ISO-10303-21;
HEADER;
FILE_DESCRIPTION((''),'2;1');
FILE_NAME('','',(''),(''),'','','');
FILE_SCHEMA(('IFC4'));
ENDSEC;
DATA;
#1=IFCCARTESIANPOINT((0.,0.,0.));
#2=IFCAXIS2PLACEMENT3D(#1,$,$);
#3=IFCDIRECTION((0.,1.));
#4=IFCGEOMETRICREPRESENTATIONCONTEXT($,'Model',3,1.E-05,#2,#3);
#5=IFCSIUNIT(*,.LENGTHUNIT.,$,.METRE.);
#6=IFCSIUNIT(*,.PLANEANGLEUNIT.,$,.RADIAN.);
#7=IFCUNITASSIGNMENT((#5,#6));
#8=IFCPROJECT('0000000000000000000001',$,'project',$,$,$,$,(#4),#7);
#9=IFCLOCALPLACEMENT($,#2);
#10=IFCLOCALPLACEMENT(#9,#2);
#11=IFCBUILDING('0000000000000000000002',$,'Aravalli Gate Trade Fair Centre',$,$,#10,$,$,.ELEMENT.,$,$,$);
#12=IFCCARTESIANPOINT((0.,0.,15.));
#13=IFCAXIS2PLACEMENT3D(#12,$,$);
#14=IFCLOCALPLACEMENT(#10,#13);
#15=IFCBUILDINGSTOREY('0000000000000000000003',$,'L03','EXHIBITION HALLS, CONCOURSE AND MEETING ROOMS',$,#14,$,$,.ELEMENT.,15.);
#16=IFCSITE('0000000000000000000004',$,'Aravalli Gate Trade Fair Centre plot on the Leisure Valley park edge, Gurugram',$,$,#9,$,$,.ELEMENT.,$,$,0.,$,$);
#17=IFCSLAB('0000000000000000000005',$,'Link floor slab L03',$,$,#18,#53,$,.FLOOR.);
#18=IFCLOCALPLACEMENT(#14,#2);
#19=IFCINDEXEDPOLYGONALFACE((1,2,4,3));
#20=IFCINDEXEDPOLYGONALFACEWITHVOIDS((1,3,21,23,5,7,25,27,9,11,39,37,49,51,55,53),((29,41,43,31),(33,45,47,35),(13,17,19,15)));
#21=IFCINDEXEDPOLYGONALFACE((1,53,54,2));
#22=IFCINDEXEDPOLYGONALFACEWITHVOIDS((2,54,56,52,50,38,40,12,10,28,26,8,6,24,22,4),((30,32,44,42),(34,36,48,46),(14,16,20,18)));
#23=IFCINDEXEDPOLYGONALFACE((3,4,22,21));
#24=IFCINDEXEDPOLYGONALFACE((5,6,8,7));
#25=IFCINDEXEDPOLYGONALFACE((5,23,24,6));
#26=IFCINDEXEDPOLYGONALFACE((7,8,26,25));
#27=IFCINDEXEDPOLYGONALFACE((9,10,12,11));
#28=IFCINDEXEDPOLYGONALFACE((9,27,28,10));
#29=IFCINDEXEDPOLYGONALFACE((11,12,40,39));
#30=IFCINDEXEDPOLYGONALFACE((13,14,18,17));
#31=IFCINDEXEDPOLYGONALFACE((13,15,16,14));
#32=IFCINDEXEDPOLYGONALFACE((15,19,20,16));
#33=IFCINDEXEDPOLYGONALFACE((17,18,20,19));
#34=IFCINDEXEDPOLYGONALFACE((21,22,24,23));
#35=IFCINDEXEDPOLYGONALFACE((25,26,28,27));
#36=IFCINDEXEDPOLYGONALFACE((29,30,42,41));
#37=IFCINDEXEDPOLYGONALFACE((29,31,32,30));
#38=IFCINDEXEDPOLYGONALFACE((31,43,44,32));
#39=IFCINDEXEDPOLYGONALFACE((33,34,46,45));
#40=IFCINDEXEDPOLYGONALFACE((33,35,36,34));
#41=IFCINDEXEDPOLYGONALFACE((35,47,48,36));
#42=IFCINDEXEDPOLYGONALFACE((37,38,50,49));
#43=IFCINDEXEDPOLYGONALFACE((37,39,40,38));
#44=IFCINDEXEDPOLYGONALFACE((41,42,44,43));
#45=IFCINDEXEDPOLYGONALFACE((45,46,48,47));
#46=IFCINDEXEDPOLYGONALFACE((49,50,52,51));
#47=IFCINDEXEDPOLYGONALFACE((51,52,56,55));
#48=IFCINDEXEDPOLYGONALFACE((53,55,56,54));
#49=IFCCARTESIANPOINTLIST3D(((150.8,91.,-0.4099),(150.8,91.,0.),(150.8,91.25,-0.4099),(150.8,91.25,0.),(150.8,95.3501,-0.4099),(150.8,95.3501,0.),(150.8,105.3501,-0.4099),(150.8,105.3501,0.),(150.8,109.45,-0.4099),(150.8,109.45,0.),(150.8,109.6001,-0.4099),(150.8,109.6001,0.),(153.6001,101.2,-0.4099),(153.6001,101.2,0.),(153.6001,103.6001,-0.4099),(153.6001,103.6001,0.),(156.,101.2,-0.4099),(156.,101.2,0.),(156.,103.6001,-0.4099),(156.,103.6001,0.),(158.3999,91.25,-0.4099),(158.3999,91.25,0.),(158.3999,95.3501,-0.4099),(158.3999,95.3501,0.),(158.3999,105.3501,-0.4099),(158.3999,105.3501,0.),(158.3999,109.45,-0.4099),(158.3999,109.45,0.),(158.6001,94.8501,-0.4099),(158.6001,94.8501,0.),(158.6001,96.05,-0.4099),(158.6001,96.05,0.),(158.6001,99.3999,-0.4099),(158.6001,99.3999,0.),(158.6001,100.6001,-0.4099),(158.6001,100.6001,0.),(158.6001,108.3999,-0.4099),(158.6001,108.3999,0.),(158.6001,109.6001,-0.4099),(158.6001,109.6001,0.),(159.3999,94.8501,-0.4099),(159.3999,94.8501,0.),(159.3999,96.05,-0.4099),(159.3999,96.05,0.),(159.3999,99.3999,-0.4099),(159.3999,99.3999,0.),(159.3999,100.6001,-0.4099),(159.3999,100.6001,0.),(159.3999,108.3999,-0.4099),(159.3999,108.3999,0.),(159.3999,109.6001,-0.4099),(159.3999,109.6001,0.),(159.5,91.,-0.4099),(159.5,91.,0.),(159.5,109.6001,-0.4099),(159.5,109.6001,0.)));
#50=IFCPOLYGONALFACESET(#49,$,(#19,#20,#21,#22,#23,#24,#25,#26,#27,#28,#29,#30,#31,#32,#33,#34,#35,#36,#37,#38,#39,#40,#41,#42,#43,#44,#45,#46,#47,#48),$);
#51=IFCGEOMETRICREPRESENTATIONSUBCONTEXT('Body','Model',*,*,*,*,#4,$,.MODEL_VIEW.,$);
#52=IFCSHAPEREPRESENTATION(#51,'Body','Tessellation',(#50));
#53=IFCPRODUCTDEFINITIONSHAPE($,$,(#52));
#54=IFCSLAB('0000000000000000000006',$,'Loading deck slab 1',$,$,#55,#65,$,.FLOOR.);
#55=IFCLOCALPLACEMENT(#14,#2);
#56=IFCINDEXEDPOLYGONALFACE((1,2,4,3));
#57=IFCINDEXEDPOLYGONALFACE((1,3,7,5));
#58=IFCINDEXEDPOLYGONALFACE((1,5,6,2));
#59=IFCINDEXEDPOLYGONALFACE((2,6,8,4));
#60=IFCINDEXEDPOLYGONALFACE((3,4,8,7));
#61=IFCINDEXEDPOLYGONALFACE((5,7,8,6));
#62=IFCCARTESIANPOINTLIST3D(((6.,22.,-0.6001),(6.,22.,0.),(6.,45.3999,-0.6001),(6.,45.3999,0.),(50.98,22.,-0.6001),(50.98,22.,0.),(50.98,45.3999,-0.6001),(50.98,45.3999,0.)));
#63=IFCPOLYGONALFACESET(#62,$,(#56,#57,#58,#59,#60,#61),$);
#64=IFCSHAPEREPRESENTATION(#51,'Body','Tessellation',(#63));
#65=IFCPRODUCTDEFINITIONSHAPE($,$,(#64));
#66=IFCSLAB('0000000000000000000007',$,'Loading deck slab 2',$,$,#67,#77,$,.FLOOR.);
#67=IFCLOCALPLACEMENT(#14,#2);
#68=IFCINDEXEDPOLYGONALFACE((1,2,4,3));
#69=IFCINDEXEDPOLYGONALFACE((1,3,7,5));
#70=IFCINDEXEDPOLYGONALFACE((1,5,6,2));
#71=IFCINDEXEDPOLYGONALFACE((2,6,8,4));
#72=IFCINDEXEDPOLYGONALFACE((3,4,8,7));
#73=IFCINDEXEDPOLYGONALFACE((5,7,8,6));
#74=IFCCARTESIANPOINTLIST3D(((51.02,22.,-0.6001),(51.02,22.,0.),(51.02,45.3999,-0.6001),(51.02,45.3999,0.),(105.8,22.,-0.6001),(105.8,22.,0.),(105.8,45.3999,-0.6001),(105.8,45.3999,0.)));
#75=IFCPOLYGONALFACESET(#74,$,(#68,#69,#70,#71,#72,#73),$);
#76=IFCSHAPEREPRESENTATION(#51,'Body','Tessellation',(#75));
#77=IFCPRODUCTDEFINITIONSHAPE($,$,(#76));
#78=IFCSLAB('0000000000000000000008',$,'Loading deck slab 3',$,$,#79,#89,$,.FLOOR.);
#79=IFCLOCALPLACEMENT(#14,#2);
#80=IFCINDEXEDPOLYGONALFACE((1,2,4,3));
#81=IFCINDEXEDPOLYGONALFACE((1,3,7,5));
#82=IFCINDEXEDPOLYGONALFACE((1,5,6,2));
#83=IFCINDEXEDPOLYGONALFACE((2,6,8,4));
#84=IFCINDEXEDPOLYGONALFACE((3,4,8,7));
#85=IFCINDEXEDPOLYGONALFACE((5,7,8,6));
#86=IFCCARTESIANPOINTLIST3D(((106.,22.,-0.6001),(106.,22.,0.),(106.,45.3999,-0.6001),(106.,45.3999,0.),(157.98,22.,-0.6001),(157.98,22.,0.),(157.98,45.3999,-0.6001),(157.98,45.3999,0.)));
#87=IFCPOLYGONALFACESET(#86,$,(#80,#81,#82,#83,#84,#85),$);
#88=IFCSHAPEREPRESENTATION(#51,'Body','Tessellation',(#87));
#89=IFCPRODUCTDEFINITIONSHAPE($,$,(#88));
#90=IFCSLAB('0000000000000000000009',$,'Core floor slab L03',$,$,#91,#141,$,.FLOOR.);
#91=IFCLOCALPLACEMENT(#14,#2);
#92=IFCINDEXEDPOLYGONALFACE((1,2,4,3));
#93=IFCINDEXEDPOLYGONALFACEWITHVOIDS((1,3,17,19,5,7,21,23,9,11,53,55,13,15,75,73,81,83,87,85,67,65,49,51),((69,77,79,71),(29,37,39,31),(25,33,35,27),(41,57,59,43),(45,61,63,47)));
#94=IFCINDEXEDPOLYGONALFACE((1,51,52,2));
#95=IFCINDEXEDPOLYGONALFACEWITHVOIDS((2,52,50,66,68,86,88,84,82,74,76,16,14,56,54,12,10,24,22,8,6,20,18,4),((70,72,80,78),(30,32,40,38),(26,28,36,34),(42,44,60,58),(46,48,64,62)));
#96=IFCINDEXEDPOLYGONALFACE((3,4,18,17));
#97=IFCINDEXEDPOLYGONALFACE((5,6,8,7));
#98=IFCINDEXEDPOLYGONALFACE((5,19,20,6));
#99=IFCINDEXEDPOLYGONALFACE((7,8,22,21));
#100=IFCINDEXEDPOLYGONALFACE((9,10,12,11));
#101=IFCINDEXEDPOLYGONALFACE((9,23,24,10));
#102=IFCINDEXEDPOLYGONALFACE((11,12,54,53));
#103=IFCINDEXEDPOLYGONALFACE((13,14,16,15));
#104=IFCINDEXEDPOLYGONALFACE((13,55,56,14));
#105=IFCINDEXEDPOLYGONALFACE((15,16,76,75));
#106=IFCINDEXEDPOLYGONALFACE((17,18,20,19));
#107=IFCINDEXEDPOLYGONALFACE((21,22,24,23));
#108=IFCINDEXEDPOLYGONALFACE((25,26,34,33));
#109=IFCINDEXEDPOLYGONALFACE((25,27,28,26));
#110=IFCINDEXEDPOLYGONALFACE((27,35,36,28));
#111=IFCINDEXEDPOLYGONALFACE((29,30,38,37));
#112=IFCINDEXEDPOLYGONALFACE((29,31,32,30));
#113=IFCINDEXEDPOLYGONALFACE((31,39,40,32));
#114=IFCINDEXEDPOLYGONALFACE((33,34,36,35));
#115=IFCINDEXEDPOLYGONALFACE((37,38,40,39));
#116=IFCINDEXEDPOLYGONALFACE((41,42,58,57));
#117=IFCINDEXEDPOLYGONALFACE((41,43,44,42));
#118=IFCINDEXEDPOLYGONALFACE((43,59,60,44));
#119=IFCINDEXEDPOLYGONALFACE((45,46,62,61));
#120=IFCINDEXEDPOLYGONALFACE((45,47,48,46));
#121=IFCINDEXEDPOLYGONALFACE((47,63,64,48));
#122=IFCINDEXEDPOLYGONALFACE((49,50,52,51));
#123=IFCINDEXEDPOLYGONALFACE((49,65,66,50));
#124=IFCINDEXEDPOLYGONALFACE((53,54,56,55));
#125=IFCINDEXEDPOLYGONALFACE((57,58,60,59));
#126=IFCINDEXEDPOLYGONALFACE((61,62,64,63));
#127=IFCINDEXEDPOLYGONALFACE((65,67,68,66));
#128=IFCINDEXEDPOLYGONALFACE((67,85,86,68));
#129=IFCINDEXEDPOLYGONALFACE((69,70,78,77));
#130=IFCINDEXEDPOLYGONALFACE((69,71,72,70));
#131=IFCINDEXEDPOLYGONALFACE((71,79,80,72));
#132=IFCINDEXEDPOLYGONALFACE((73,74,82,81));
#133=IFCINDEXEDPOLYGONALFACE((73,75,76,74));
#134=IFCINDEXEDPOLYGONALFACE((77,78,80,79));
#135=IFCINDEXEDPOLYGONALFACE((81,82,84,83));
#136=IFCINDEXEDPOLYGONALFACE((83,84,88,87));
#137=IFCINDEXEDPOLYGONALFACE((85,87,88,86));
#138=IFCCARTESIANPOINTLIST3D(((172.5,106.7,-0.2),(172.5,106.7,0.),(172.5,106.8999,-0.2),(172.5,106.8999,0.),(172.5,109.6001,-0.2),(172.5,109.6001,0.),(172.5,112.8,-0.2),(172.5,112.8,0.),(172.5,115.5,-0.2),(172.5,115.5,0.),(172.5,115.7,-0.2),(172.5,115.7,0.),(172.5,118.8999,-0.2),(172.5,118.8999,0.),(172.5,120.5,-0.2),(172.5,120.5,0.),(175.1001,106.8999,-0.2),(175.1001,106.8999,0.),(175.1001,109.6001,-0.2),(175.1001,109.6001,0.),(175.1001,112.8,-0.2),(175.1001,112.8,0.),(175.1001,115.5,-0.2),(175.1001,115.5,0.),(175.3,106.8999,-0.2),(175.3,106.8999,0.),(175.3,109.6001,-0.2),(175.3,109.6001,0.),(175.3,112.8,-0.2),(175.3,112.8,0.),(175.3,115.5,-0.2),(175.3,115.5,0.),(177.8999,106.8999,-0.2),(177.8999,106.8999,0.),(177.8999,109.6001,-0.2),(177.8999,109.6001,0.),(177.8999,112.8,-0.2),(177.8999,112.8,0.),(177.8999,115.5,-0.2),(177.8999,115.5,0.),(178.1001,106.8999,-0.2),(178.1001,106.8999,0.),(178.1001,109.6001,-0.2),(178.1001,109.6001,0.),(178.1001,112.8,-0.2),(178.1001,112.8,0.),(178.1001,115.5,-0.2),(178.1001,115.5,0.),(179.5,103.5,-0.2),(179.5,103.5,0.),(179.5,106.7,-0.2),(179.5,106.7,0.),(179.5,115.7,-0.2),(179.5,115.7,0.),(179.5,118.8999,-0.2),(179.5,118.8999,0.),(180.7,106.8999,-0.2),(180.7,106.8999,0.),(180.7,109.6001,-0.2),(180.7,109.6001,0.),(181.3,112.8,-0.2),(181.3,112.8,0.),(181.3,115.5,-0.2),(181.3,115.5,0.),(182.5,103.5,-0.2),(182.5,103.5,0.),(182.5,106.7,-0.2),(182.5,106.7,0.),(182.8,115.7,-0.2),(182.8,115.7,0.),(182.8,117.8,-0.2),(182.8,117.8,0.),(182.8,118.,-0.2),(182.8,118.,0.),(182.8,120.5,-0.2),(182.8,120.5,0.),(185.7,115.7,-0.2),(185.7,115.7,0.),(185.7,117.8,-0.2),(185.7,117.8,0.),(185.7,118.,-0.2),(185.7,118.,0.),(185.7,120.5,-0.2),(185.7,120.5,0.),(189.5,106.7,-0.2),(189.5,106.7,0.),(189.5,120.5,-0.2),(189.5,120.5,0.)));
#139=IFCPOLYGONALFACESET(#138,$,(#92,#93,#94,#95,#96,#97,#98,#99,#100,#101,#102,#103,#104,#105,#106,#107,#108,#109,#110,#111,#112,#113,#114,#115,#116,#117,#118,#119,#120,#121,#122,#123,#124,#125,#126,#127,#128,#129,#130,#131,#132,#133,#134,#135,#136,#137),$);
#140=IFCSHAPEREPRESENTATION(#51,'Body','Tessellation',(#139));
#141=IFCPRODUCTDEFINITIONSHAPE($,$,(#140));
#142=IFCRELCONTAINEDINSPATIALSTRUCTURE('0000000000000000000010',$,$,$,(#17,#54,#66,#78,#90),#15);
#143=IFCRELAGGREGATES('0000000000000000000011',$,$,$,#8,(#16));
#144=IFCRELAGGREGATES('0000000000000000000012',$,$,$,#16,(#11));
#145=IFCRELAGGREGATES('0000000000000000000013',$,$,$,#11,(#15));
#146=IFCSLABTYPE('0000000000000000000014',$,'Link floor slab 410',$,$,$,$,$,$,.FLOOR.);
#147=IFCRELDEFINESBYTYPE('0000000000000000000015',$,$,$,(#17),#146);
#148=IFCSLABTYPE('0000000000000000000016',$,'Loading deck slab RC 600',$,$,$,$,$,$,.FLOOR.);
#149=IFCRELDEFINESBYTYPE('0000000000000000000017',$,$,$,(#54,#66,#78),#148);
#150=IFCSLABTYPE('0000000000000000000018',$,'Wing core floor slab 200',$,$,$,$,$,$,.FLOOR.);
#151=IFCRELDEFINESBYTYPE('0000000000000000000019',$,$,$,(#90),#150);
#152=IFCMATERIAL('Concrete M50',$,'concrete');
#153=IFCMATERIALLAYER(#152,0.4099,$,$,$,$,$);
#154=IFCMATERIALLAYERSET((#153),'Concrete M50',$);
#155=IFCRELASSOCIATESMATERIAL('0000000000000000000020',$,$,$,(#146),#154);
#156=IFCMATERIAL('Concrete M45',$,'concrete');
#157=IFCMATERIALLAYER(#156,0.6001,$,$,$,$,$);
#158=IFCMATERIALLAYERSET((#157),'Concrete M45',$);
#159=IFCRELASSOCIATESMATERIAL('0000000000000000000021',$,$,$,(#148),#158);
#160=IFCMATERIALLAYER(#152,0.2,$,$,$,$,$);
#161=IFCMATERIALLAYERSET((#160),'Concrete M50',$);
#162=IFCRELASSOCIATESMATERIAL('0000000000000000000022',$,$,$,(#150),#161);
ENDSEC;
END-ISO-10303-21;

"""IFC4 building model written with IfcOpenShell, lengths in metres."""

from ifc_helpers import new_model, si_unit, direction, frame, origin, place, context, subcontext, project, spatial, polyline, outline, extrude, material, layer, layer_set, type_object, element, save


model = new_model("IFC4")

# Units and contexts
model_context = context("Model", 3, precision=1e-05, world=origin(), true_north=direction((0.0, 1.0)))
body_context = subcontext(model_context, "Body", "Model", "MODEL_VIEW")
ifc_project = project(units=[si_unit("LENGTHUNIT", "METRE"), si_unit("PLANEANGLEUNIT", "RADIAN")], contexts=[model_context])

# Site, building, storey
site_placement = place(None, origin())
site = spatial("IfcSite", under=ifc_project, at=site_placement, Name="Aravalli Gate Trade Fair Centre plot on the Leisure Valley park edge, Gurugram", CompositionType="ELEMENT", RefElevation=0.0)
building_placement = place(site_placement, origin())
building = spatial("IfcBuilding", under=site, at=building_placement, Name="Aravalli Gate Trade Fair Centre", CompositionType="ELEMENT")
storey_placement = place(building_placement, frame((0.0, 0.0, 15.0)))
storey = spatial("IfcBuildingStorey", under=building, at=storey_placement, Name="L03", Description="EXHIBITION HALLS, CONCOURSE AND MEETING ROOMS", CompositionType="ELEMENT", Elevation=15.0)

# Slabs
ifc_material_1 = material(Name="Concrete M45", Category="concrete")
ifc_material_2 = material(Name="Concrete M50", Category="concrete")
ifc_layer_1 = layer(ifc_material_2, 0.4099)
ifc_layer_set_1 = layer_set([ifc_layer_1], Name="Concrete M50")
slab_type_1 = type_object("IfcSlabType", Name="Link floor slab 410", PredefinedType="FLOOR", material=ifc_layer_set_1)
slab_1_placement = place(storey_placement, frame((0.0, 0.0, -0.4099)))
element("IfcSlab", 1, at=slab_1_placement, inside=storey, type_object=slab_type_1, Name="Link floor slab L03", PredefinedType="FLOOR", context=body_context, shape_type="SweptSolid", body=[
    extrude(outline(polyline([(159.5, 109.6001), (159.5, 91.0), (150.8, 91.0), (150.8, 91.25), (158.3999, 91.25), (158.3999, 95.3501), (150.8, 95.3501), (150.8, 105.3501), (158.3999, 105.3501), (158.3999, 109.45), (150.8, 109.45), (150.8, 109.6001), (158.6001, 109.6001), (158.6001, 108.3999), (159.3999, 108.3999), (159.3999, 109.6001), (159.5, 109.6001)]), holes=[polyline([(158.6001, 96.05), (158.6001, 94.8501), (159.3999, 94.8501), (159.3999, 96.05), (158.6001, 96.05)]), polyline([(158.6001, 100.6001), (158.6001, 99.3999), (159.3999, 99.3999), (159.3999, 100.6001), (158.6001, 100.6001)]), polyline([(153.6001, 101.2), (156.0, 101.2), (156.0, 103.6001), (153.6001, 103.6001), (153.6001, 101.2)])]), origin(), (0.0, 0.0, 1.0), 0.4099),
])
ifc_layer_2 = layer(ifc_material_1, 0.6001)
ifc_layer_set_2 = layer_set([ifc_layer_2], Name="Concrete M45")
slab_type_2 = type_object("IfcSlabType", Name="Loading deck slab RC 600", PredefinedType="FLOOR", material=ifc_layer_set_2)
slab_2_placement = place(storey_placement, frame((0.0, 0.0, -0.6001)))
element("IfcSlab", 2, at=slab_2_placement, inside=storey, type_object=slab_type_2, Name="Loading deck slab 1", PredefinedType="FLOOR", context=body_context, shape_type="SweptSolid", body=[
    extrude(outline(polyline([(6.0, 22.0), (50.98, 22.0), (50.98, 45.3999), (6.0, 45.3999), (6.0, 22.0)])), origin(), (0.0, 0.0, 1.0), 0.6001),
])
slab_3_placement = place(storey_placement, frame((0.0, 0.0, -0.6001)))
element("IfcSlab", 3, at=slab_3_placement, inside=storey, type_object=slab_type_2, Name="Loading deck slab 2", PredefinedType="FLOOR", context=body_context, shape_type="SweptSolid", body=[
    extrude(outline(polyline([(51.02, 22.0), (105.8, 22.0), (105.8, 45.3999), (51.02, 45.3999), (51.02, 22.0)])), origin(), (0.0, 0.0, 1.0), 0.6001),
])
slab_4_placement = place(storey_placement, frame((0.0, 0.0, -0.6001)))
element("IfcSlab", 4, at=slab_4_placement, inside=storey, type_object=slab_type_2, Name="Loading deck slab 3", PredefinedType="FLOOR", context=body_context, shape_type="SweptSolid", body=[
    extrude(outline(polyline([(106.0, 22.0), (157.98, 22.0), (157.98, 45.3999), (106.0, 45.3999), (106.0, 22.0)])), origin(), (0.0, 0.0, 1.0), 0.6001),
])
ifc_layer_3 = layer(ifc_material_2, 0.2)
ifc_layer_set_3 = layer_set([ifc_layer_3], Name="Concrete M50")
slab_type_3 = type_object("IfcSlabType", Name="Wing core floor slab 200", PredefinedType="FLOOR", material=ifc_layer_set_3)
slab_5_placement = place(storey_placement, frame((0.0, 0.0, -0.2)))
element("IfcSlab", 5, at=slab_5_placement, inside=storey, type_object=slab_type_3, Name="Core floor slab L03", PredefinedType="FLOOR", context=body_context, shape_type="SweptSolid", body=[
    extrude(outline(polyline([(189.5, 120.5), (189.5, 106.7), (182.5, 106.7), (182.5, 103.5), (179.5, 103.5), (179.5, 106.7), (172.5, 106.7), (172.5, 106.8999), (175.1001, 106.8999), (175.1001, 109.6001), (172.5, 109.6001), (172.5, 112.8), (175.1001, 112.8), (175.1001, 115.5), (172.5, 115.5), (172.5, 115.7), (179.5, 115.7), (179.5, 118.8999), (172.5, 118.8999), (172.5, 120.5), (182.8, 120.5), (182.8, 118.0), (185.7, 118.0), (185.7, 120.5), (189.5, 120.5)]), holes=[polyline([(175.3, 109.6001), (175.3, 106.8999), (177.8999, 106.8999), (177.8999, 109.6001), (175.3, 109.6001)]), polyline([(177.8999, 115.5), (175.3, 115.5), (175.3, 112.8), (177.8999, 112.8), (177.8999, 115.5)]), polyline([(180.7, 109.6001), (178.1001, 109.6001), (178.1001, 106.8999), (180.7, 106.8999), (180.7, 109.6001)]), polyline([(178.1001, 115.5), (178.1001, 112.8), (181.3, 112.8), (181.3, 115.5), (178.1001, 115.5)]), polyline([(185.7, 117.8), (182.8, 117.8), (182.8, 115.7), (185.7, 115.7), (185.7, 117.8)])]), origin(), (0.0, 0.0, 1.0), 0.2),
])

save(model, "model.ifc")
